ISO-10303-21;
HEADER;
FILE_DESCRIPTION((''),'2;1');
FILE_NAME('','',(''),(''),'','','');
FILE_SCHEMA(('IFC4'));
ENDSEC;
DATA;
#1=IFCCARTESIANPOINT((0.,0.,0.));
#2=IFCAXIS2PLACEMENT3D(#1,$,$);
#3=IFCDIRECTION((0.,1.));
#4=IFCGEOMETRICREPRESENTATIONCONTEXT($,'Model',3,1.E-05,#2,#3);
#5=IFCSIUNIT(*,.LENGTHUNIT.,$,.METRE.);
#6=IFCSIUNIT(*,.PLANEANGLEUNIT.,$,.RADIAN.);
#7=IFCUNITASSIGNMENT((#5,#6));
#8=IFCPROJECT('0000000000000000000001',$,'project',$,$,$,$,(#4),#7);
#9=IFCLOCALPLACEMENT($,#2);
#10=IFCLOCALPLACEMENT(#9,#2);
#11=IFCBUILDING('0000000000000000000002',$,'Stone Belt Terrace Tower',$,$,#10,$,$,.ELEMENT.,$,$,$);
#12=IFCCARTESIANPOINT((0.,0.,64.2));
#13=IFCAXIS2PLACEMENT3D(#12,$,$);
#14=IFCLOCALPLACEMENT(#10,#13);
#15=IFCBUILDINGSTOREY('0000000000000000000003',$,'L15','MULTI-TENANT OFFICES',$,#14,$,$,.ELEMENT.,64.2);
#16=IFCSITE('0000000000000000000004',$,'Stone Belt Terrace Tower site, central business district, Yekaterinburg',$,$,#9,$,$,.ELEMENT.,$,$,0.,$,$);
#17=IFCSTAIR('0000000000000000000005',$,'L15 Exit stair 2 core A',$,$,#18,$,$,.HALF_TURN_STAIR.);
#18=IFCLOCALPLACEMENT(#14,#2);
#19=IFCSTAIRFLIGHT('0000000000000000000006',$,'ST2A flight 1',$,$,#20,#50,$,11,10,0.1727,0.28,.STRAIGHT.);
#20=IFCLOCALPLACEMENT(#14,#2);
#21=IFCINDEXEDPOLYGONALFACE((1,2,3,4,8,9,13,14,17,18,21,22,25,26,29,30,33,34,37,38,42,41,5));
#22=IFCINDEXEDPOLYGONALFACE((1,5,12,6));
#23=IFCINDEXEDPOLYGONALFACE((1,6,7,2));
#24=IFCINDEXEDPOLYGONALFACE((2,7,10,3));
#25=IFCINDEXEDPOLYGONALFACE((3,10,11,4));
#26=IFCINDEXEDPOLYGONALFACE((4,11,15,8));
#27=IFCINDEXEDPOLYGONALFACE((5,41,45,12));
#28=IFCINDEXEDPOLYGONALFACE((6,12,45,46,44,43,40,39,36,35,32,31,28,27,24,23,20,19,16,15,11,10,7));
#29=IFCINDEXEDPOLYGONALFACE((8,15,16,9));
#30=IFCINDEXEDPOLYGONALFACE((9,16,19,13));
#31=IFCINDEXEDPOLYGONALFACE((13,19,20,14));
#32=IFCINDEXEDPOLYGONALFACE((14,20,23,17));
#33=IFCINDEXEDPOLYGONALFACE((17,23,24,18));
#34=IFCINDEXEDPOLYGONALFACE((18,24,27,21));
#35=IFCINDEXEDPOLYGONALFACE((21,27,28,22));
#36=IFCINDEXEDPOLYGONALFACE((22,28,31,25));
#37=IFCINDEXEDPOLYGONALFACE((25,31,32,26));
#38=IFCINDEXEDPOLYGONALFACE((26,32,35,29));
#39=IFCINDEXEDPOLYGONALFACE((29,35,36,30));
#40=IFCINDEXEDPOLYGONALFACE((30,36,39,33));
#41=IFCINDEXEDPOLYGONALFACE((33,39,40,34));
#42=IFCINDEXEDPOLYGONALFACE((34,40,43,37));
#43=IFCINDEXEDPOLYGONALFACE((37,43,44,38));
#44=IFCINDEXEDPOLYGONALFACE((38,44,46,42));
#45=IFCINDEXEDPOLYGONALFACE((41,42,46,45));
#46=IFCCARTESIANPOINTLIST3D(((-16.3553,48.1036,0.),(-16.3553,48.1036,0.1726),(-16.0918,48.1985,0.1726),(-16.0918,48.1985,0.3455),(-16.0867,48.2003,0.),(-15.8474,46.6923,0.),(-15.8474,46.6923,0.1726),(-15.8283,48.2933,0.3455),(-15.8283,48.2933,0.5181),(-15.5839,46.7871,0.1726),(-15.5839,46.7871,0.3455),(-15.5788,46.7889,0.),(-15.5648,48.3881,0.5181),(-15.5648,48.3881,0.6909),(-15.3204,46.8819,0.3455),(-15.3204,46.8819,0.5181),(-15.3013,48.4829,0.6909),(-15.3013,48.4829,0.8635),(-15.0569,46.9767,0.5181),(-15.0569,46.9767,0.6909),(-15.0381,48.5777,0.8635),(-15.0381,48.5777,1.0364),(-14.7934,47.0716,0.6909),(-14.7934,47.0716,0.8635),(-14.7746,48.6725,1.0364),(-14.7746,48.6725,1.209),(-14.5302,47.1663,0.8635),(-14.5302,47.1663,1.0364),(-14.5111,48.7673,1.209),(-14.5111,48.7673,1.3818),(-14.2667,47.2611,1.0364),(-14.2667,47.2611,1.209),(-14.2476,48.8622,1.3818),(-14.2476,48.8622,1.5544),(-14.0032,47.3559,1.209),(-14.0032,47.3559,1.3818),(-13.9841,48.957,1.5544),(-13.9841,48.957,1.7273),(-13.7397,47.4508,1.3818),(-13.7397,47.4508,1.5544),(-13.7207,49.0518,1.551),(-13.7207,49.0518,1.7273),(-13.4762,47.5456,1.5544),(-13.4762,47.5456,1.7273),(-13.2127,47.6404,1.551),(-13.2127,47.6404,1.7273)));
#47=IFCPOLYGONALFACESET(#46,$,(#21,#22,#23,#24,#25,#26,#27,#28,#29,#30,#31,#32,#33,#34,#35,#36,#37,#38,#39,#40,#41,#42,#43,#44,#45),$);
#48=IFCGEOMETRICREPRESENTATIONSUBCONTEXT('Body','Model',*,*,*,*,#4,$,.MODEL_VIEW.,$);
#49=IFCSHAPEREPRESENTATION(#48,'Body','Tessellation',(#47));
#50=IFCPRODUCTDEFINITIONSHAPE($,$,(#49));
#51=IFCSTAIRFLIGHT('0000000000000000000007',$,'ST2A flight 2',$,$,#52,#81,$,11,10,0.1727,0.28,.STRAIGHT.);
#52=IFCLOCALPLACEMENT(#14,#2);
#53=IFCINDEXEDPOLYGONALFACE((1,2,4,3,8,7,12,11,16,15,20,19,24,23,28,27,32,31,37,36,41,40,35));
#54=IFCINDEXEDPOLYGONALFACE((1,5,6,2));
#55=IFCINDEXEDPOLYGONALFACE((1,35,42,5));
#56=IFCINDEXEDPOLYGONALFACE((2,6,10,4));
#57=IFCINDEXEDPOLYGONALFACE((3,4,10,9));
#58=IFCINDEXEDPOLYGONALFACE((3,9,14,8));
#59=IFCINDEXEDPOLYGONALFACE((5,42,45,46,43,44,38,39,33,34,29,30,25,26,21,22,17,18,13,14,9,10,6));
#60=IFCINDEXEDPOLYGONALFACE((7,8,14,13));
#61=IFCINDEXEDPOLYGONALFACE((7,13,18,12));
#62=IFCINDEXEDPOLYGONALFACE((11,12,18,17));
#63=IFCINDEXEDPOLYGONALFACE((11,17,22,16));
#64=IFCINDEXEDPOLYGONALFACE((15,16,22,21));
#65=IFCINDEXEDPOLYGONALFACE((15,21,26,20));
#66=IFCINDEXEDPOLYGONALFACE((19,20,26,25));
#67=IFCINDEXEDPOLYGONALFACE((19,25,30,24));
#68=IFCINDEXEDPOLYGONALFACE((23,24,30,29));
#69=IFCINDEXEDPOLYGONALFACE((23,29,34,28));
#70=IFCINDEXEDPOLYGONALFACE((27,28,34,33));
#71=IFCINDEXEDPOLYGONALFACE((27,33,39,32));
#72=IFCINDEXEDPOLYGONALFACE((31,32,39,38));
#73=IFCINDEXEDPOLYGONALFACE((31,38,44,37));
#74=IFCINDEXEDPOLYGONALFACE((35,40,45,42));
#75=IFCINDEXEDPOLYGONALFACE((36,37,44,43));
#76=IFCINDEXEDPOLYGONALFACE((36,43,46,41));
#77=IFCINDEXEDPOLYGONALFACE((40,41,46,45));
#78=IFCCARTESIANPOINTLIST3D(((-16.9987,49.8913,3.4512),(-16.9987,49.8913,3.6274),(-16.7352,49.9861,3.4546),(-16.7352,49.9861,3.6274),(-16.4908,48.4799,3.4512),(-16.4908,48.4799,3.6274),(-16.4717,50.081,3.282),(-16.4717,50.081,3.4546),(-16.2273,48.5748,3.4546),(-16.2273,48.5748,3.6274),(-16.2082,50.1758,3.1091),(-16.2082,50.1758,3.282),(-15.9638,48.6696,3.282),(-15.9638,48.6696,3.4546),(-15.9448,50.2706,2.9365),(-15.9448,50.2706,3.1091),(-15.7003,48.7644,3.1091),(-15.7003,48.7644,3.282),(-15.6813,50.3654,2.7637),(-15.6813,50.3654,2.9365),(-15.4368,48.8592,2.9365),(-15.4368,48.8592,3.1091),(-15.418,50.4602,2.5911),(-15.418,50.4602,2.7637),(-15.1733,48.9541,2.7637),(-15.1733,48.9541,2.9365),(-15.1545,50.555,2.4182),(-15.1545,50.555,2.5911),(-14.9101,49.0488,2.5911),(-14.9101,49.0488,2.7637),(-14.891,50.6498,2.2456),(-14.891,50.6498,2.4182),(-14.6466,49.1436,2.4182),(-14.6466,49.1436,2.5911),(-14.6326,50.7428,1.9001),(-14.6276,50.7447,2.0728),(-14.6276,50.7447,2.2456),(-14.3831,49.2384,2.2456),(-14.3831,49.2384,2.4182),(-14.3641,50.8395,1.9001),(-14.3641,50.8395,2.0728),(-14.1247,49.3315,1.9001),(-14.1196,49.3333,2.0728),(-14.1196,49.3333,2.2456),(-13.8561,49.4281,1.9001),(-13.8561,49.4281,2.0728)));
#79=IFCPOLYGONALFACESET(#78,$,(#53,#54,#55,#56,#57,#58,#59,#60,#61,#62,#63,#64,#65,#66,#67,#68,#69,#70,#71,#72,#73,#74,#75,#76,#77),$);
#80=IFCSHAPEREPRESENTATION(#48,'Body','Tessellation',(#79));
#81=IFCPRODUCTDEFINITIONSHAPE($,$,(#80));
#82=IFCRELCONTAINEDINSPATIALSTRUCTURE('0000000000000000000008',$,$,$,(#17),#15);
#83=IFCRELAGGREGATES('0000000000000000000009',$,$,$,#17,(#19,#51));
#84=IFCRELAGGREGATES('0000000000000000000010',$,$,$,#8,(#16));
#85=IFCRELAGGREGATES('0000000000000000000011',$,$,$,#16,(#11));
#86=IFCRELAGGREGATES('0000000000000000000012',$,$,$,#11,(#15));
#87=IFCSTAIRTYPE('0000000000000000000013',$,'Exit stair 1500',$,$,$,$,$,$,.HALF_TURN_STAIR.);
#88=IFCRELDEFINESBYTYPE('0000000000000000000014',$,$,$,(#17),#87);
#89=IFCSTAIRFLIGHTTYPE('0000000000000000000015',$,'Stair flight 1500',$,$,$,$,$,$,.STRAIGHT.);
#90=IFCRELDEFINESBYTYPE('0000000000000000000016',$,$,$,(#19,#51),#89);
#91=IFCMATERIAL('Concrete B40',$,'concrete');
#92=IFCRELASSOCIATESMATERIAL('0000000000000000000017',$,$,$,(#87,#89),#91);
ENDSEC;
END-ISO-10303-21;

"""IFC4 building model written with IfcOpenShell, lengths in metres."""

from ifc_helpers import new_model, si_unit, direction, frame, origin, place, context, subcontext, project, spatial, polyline, outline, extrude, material, type_object, element, aggregate, save


model = new_model("IFC4")

# Units and contexts
model_context = context("Model", 3, precision=1e-05, world=origin(), true_north=direction((0.0, 1.0)))
body_context = subcontext(model_context, "Body", "Model", "MODEL_VIEW")
ifc_project = project(units=[si_unit("LENGTHUNIT", "METRE"), si_unit("PLANEANGLEUNIT", "RADIAN")], contexts=[model_context])

# Site, building, storey
site_placement = place(None, origin())
site = spatial("IfcSite", under=ifc_project, at=site_placement, Name="Stone Belt Terrace Tower site, central business district, Yekaterinburg", CompositionType="ELEMENT", RefElevation=0.0)
building_placement = place(site_placement, origin())
building = spatial("IfcBuilding", under=site, at=building_placement, Name="Stone Belt Terrace Tower", CompositionType="ELEMENT")
storey_placement = place(building_placement, frame((0.0, 0.0, 64.2)))
storey = spatial("IfcBuildingStorey", under=building, at=storey_placement, Name="L15", Description="MULTI-TENANT OFFICES", CompositionType="ELEMENT", Elevation=64.2)

# Stair, stair flights
ifc_material_1 = material(Name="Concrete B40", Category="concrete")
stair_type = type_object("IfcStairType", Name="Exit stair 1500", PredefinedType="HALF_TURN_STAIR", material=ifc_material_1)
stair_placement = place(storey_placement, origin())
stair = element("IfcStair", 1, at=stair_placement, inside=storey, type_object=stair_type, Name="L15 Exit stair 2 core A", PredefinedType="HALF_TURN_STAIR")
stair_flight_type = type_object("IfcStairFlightType", Name="Stair flight 1500", PredefinedType="STRAIGHT", material=ifc_material_1)
stair_flight_1_placement = place(storey_placement, frame((-16.1013, 47.3979, 0.0), z_axis=(0.0, 0.0, 1.0), x_axis=(0.940922, 0.338624, 0.0)))
stair_flight_1 = element("IfcStairFlight", 2, at=stair_flight_1_placement, type_object=stair_flight_type, Name="ST2A flight 1", NumberOfRisers=11, NumberOfTreads=10, PredefinedType="STRAIGHT", RiserHeight=0.1727, TreadLength=0.28, context=body_context, shape_type="SweptSolid", body=[
    extrude(outline(polyline([(0.0, 0.0), (0.0, 0.1726), (0.28, 0.1726), (0.28, 0.3455), (0.5601, 0.3455), (0.5601, 0.5181), (0.8401, 0.5181), (0.8401, 0.6909), (1.1201, 0.6909), (1.1201, 0.8635), (1.3999, 0.8635), (1.3999, 1.0364), (1.6799, 1.0364), (1.6799, 1.209), (1.96, 1.209), (1.96, 1.3818), (2.24, 1.3818), (2.24, 1.5544), (2.52, 1.5544), (2.52, 1.7273), (2.8, 1.7273), (2.8, 1.8999), (2.8, 1.551), (0.2854, 0.0), (0.0, 0.0)])), frame((0.0, 0.75, 0.0), z_axis=(0.0, -1.0, 0.0), x_axis=(1.0, 0.0, 0.0)), (0.0, 0.0, 1.0), 1.5),
])
stair_flight_2_placement = place(storey_placement, frame((-14.1101, 50.1338, 1.9001), z_axis=(0.0, 0.0, 1.0), x_axis=(-0.940922, -0.338624, 0.0)))
stair_flight_2 = element("IfcStairFlight", 3, at=stair_flight_2_placement, type_object=stair_flight_type, Name="ST2A flight 2", NumberOfRisers=11, NumberOfTreads=10, PredefinedType="STRAIGHT", RiserHeight=0.1727, TreadLength=0.28, context=body_context, shape_type="SweptSolid", body=[
    extrude(outline(polyline([(0.0, 0.0), (0.0, 0.1726), (0.28, 0.1726), (0.28, 0.3455), (0.5601, 0.3455), (0.5601, 0.5181), (0.8401, 0.5181), (0.8401, 0.6909), (1.1201, 0.6909), (1.1201, 0.8635), (1.3999, 0.8635), (1.3999, 1.0364), (1.6799, 1.0364), (1.6799, 1.209), (1.96, 1.209), (1.96, 1.3818), (2.24, 1.3818), (2.24, 1.5544), (2.52, 1.5544), (2.52, 1.7273), (2.8, 1.7273), (2.8, 1.8999), (2.8, 1.551), (0.2854, 0.0), (0.0, 0.0)])), frame((0.0, 0.75, 0.0), z_axis=(0.0, -1.0, 0.0), x_axis=(1.0, 0.0, 0.0)), (0.0, 0.0, 1.0), 1.5),
])
aggregate(stair, [stair_flight_1, stair_flight_2])

save(model, "model.ifc")
